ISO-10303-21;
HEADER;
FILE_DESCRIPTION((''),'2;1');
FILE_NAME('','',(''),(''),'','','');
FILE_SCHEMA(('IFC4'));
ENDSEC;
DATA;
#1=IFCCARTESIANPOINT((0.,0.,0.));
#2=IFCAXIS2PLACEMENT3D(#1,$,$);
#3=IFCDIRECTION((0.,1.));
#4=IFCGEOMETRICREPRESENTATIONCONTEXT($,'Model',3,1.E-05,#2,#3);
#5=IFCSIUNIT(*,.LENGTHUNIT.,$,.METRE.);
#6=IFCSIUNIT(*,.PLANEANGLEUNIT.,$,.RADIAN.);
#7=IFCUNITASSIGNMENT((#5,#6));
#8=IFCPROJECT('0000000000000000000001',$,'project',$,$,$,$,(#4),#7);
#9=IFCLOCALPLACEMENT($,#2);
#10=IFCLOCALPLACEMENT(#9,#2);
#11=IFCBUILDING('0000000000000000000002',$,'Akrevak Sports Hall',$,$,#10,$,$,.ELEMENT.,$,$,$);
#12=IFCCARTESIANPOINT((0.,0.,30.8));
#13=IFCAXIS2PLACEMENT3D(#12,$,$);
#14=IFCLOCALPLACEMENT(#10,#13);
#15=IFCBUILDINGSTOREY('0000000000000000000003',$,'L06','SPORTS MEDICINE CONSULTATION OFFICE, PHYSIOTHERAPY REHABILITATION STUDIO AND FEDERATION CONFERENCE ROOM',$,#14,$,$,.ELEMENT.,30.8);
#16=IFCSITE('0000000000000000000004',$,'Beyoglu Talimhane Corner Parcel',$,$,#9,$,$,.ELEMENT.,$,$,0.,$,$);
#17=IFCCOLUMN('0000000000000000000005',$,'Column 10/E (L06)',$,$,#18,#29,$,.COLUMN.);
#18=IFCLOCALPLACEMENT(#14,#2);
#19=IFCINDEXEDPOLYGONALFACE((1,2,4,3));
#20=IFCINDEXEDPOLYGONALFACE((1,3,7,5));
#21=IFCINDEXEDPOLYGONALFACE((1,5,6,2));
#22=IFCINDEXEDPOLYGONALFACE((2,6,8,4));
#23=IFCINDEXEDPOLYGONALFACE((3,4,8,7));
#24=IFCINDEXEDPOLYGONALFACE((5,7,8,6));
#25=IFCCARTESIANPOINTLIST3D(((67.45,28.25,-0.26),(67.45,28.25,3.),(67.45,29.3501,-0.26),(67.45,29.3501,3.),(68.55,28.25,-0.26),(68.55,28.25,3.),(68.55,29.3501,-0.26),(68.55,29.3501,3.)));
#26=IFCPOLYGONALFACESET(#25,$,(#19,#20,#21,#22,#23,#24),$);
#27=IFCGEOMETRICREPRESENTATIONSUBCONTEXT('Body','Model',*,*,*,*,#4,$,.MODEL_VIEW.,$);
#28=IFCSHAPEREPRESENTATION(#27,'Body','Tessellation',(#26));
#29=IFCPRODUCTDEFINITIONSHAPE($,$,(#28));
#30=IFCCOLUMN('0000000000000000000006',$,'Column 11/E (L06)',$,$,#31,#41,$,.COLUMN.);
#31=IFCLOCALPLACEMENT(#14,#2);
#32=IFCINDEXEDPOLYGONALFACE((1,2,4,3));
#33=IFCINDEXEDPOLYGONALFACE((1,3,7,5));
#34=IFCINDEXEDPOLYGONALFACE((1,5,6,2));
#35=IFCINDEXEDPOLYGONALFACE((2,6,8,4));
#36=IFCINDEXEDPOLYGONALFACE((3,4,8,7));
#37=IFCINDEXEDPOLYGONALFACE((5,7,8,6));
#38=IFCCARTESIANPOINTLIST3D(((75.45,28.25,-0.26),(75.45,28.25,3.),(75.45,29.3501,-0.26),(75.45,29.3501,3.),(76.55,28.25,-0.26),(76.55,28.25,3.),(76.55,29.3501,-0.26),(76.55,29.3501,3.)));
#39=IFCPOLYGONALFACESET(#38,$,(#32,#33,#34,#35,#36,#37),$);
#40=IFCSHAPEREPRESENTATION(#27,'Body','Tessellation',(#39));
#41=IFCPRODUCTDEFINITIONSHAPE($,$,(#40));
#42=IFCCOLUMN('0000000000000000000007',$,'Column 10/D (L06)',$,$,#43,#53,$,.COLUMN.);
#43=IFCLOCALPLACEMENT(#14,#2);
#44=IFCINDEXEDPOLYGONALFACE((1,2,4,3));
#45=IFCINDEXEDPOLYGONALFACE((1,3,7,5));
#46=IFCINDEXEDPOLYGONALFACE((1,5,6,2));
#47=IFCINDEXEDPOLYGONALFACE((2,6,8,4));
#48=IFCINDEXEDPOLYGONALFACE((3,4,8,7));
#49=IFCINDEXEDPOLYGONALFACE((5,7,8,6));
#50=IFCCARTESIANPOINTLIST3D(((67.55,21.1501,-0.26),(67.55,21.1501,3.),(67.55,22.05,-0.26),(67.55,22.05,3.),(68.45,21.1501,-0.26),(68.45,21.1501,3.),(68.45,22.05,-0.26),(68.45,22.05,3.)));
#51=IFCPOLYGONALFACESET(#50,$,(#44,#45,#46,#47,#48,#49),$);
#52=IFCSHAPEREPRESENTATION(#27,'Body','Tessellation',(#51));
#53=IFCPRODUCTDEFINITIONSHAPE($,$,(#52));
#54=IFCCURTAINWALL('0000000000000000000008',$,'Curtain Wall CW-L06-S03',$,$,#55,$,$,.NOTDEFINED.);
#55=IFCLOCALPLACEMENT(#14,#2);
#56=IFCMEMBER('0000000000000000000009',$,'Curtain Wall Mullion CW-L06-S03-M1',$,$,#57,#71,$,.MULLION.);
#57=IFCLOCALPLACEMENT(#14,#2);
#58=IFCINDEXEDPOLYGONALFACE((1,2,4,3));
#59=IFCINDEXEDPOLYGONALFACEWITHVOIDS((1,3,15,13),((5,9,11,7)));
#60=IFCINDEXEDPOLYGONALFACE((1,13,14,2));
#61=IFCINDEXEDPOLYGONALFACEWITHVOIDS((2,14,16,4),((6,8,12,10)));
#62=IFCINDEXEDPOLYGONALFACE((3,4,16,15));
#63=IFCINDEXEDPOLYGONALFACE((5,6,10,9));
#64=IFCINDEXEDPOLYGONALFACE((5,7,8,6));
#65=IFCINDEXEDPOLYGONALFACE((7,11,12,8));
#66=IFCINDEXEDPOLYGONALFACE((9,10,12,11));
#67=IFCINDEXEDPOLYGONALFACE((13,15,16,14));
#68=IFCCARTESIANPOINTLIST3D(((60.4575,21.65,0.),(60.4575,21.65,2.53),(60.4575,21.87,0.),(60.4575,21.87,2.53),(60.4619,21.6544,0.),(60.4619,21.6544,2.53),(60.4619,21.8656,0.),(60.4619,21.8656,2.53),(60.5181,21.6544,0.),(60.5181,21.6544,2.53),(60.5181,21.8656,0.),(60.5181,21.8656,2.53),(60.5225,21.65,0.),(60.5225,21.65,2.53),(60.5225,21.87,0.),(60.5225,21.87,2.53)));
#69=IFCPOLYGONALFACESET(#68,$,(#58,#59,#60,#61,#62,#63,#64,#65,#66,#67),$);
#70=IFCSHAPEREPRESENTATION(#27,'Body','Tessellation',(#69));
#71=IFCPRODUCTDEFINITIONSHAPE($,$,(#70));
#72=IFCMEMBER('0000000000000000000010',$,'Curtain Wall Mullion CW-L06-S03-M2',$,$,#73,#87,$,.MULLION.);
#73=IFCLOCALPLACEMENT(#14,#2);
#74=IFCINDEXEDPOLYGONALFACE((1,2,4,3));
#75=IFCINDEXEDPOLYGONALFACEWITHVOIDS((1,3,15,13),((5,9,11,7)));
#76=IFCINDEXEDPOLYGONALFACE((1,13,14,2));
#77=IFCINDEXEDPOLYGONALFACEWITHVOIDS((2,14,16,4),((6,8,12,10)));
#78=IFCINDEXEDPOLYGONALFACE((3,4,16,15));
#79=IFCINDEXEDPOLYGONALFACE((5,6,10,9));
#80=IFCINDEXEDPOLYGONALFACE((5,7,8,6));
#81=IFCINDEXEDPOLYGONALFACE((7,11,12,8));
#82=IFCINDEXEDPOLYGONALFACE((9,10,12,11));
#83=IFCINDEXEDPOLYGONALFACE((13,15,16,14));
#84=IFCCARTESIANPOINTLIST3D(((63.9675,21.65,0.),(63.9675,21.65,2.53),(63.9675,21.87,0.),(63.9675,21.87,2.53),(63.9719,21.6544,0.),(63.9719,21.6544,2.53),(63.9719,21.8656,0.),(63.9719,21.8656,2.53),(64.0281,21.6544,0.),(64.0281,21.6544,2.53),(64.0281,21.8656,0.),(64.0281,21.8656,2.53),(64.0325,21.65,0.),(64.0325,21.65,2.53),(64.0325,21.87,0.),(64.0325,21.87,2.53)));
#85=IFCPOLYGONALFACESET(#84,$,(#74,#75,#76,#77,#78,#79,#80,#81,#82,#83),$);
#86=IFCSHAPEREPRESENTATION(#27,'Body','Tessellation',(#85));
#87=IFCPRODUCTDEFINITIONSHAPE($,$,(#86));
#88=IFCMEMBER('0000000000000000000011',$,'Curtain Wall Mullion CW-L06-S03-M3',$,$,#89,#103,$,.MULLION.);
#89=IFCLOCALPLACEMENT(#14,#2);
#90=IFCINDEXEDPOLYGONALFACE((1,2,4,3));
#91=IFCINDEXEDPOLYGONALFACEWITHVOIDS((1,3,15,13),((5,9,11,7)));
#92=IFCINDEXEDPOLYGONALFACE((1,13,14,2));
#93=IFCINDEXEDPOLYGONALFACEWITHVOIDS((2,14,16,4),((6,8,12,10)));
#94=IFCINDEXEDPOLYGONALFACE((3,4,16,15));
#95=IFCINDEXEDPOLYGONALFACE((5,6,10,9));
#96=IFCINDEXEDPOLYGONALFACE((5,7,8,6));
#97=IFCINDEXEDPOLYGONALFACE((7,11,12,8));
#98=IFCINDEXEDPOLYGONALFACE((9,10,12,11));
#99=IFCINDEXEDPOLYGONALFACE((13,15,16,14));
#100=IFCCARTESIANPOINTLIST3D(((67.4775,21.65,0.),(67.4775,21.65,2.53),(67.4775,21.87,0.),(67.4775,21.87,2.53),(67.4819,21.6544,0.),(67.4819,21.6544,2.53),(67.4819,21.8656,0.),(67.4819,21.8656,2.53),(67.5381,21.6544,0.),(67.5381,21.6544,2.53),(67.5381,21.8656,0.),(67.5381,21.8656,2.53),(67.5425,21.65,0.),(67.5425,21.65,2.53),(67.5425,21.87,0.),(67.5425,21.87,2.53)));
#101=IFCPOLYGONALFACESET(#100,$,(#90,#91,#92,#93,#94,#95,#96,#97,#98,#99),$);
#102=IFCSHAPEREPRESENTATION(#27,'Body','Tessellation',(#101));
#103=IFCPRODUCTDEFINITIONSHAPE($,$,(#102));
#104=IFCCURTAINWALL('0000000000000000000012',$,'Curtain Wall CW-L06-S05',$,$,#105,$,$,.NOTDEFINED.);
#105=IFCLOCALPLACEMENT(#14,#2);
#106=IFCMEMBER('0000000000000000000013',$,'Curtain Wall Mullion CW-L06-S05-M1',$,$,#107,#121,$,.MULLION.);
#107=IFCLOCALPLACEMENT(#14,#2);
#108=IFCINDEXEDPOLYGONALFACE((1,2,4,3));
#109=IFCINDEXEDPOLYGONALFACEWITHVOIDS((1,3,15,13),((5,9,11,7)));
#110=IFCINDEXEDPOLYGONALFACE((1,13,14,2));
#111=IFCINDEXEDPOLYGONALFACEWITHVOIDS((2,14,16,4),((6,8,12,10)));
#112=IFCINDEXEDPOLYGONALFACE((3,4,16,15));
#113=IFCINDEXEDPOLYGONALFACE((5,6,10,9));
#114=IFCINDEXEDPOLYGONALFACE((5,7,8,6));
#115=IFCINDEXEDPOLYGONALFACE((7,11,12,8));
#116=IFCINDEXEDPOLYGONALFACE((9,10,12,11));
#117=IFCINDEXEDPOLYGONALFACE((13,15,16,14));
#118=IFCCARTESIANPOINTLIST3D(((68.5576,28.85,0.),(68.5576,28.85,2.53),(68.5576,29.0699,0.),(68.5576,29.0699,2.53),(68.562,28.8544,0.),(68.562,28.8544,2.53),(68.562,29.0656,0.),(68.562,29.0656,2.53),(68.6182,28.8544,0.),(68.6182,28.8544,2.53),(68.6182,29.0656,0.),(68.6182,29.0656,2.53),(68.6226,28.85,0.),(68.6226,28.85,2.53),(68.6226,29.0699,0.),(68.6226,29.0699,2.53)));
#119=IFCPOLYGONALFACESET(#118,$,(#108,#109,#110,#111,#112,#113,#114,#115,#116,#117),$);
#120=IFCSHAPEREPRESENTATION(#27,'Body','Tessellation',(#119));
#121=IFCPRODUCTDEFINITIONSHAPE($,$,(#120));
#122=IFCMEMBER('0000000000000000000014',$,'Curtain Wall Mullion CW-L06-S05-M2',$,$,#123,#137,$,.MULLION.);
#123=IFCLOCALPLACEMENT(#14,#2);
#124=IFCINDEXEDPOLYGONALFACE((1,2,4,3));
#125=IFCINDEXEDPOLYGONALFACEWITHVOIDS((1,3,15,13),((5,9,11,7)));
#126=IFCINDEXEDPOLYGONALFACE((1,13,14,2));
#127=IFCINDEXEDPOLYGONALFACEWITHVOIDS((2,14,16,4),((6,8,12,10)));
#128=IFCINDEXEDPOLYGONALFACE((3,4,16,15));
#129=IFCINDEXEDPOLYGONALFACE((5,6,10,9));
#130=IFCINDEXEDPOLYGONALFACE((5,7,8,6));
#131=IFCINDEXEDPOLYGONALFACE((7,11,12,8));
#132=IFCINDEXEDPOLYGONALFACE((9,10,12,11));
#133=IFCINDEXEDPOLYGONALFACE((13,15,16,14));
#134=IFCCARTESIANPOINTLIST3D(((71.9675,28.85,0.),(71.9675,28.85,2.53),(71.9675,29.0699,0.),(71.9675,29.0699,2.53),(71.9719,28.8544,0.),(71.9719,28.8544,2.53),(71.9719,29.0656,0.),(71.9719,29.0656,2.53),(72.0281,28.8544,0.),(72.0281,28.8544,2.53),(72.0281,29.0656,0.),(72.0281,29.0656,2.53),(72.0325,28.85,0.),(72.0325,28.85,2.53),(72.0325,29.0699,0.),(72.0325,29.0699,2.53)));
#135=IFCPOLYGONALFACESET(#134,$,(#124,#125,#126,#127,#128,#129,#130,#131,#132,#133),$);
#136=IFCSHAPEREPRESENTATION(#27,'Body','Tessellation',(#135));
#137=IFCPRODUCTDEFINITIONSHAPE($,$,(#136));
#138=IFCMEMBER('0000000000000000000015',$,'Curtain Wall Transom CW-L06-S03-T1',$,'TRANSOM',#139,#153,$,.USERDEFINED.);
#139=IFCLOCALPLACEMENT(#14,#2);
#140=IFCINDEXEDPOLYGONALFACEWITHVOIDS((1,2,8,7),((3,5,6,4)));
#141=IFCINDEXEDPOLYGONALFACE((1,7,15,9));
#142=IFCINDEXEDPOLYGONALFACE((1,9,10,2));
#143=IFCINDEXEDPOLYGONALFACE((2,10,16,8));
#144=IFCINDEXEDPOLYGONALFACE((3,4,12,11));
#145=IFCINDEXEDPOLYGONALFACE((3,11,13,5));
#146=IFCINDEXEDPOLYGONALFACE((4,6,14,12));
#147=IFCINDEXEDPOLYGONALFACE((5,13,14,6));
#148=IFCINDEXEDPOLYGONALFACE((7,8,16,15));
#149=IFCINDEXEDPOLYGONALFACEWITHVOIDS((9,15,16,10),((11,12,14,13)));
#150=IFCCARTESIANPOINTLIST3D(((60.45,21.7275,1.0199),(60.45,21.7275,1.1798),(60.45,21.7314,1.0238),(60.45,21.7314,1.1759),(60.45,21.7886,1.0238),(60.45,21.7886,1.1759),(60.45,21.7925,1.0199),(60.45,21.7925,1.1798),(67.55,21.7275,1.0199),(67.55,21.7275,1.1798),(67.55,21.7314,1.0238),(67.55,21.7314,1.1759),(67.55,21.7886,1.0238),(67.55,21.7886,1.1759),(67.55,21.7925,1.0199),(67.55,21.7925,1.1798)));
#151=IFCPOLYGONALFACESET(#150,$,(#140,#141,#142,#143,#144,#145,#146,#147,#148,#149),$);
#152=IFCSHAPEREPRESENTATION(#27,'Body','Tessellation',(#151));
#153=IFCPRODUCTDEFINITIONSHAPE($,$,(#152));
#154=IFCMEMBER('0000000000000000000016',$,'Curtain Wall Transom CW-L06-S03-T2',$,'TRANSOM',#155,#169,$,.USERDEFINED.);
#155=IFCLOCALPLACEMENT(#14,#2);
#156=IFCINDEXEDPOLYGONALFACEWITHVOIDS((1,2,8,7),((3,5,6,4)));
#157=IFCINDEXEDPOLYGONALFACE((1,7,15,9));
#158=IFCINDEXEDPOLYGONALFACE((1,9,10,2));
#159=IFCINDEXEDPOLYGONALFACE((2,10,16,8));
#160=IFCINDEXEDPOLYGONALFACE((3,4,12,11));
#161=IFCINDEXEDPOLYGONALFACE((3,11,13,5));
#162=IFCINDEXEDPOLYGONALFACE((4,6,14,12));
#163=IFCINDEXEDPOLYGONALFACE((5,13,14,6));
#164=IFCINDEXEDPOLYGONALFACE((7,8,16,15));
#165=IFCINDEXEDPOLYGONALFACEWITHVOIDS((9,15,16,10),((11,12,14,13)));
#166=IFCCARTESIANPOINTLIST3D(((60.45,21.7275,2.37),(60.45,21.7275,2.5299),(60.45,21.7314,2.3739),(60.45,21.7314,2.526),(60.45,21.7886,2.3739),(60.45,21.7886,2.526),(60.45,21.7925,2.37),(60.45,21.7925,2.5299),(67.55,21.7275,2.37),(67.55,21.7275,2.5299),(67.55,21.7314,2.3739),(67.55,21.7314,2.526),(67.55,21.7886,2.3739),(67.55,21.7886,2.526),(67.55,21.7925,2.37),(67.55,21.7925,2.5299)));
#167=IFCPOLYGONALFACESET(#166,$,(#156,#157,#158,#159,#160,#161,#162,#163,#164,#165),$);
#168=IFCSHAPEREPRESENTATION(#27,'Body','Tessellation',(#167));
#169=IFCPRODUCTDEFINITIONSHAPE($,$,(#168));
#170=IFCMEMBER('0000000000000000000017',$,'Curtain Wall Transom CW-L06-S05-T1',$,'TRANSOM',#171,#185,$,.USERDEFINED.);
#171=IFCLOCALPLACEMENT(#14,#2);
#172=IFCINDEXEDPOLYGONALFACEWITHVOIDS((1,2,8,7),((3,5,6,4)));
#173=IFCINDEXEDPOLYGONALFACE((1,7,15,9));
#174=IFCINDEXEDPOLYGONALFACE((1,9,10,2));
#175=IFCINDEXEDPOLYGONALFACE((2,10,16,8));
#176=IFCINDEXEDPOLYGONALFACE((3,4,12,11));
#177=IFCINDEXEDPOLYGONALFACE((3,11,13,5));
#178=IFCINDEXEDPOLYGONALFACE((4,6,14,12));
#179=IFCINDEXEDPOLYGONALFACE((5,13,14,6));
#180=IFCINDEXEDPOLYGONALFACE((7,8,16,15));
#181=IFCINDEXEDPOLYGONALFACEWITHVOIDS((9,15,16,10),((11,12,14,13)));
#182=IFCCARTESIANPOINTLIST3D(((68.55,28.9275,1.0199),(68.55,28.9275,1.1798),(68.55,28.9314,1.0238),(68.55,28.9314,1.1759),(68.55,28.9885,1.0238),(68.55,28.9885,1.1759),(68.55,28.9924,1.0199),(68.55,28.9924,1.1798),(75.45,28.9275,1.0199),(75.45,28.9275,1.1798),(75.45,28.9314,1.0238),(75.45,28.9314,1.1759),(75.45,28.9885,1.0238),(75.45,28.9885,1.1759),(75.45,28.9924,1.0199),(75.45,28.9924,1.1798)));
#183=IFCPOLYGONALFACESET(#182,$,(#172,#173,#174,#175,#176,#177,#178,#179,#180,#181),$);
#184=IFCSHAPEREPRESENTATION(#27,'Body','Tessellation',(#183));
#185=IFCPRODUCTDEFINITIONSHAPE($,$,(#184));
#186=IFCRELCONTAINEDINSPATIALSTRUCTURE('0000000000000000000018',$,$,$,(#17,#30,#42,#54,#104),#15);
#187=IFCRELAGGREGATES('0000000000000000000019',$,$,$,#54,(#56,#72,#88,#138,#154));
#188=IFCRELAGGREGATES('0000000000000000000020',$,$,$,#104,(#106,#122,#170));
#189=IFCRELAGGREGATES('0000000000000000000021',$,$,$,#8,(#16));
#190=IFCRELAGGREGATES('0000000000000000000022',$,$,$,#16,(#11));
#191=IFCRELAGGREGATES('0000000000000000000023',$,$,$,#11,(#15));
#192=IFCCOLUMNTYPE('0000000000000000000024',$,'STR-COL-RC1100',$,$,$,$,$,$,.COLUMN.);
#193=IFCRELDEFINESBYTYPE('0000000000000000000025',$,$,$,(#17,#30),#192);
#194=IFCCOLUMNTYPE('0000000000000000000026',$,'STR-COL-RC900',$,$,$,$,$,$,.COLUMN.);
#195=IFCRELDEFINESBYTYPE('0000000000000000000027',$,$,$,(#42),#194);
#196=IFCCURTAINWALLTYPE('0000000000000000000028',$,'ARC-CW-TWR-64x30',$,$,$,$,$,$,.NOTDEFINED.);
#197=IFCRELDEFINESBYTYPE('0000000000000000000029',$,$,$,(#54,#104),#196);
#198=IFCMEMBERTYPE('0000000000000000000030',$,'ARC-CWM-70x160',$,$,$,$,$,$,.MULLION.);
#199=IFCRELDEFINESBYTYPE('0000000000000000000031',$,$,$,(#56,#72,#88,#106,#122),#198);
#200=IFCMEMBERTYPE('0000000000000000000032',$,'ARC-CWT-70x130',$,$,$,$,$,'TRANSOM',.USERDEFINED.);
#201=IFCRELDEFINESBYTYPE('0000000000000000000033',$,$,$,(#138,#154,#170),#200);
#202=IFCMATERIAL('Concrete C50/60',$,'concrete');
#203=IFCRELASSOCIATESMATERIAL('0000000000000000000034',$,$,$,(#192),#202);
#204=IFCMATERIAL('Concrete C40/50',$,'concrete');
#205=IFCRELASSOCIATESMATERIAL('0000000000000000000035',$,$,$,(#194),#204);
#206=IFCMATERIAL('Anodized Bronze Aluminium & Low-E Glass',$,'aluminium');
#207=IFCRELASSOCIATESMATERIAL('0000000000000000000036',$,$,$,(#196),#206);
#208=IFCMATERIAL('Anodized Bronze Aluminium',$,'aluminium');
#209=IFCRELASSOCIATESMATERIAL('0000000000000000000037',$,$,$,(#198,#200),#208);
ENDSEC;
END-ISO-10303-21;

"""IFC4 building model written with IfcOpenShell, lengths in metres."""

from ifc_helpers import new_model, si_unit, direction, frame, origin, origin_2d, place, context, subcontext, project, spatial, rectangle, hollow_rectangle, extrude, material, material_profile, profile_set, type_object, element, aggregate, save


model = new_model("IFC4")

# Units and contexts
model_context = context("Model", 3, precision=1e-05, world=origin(), true_north=direction((0.0, 1.0)))
body_context = subcontext(model_context, "Body", "Model", "MODEL_VIEW")
ifc_project = project(units=[si_unit("LENGTHUNIT", "METRE"), si_unit("PLANEANGLEUNIT", "RADIAN")], contexts=[model_context])

# Site, building, storey
site_placement = place(None, origin())
site = spatial("IfcSite", under=ifc_project, at=site_placement, Name="Beyoglu Talimhane Corner Parcel", CompositionType="ELEMENT", RefElevation=0.0)
building_placement = place(site_placement, origin())
building = spatial("IfcBuilding", under=site, at=building_placement, Name="Akrevak Sports Hall", CompositionType="ELEMENT")
storey_placement = place(building_placement, frame((0.0, 0.0, 30.8)))
storey = spatial("IfcBuildingStorey", under=building, at=storey_placement, Name="L06", Description="SPORTS MEDICINE CONSULTATION OFFICE, PHYSIOTHERAPY REHABILITATION STUDIO AND FEDERATION CONFERENCE ROOM", CompositionType="ELEMENT", Elevation=30.8)

# Columns
ifc_material_1 = material(Name="Concrete C50/60", Category="concrete")
ifc_material_profile_1 = material_profile(ifc_material_1, rectangle(XDim=1.1001, YDim=1.1001, at=origin_2d()), Name="RC 1100x1100", Category="concrete")
ifc_profile_set_1 = profile_set([ifc_material_profile_1], Name="Concrete C50/60")
column_type_1 = type_object("IfcColumnType", Name="STR-COL-RC1100", PredefinedType="COLUMN", material=ifc_profile_set_1)
for number, where, z_axis, x_axis, name in (
    (1, (68.0, 28.8, -0.26), (0.0, 0.0, 1.0), (1.0, 0.0, 0.0), "Column 10/E (L06)"),
    (2, (76.0, 28.8, -0.26), (0.0, 0.0, 1.0), (1.0, 0.0, 0.0), "Column 11/E (L06)"),
):
    element("IfcColumn", number, at=place(storey_placement, frame(where, z_axis=z_axis, x_axis=x_axis)), inside=storey, type_object=column_type_1, Name=name, PredefinedType="COLUMN", context=body_context, shape_type="SweptSolid", body=[
        extrude(rectangle(XDim=1.1001, YDim=1.1001, at=origin_2d()), origin(), (0.0, 0.0, 1.0), 3.26),
    ])
ifc_material_2 = material(Name="Concrete C40/50", Category="concrete")
ifc_material_profile_2 = material_profile(ifc_material_2, rectangle(XDim=0.8999, YDim=0.8999, at=origin_2d()), Name="RC 900x900", Category="concrete")
ifc_profile_set_2 = profile_set([ifc_material_profile_2], Name="Concrete C40/50")
column_type_2 = type_object("IfcColumnType", Name="STR-COL-RC900", PredefinedType="COLUMN", material=ifc_profile_set_2)
column_placement = place(storey_placement, frame((68.0, 21.6001, -0.26), z_axis=(0.0, 0.0, 1.0), x_axis=(1.0, 0.0, 0.0)))
element("IfcColumn", 3, at=column_placement, inside=storey, type_object=column_type_2, Name="Column 10/D (L06)", PredefinedType="COLUMN", context=body_context, shape_type="SweptSolid", body=[
    extrude(rectangle(XDim=0.8999, YDim=0.8999, at=origin_2d()), origin(), (0.0, 0.0, 1.0), 3.26),
])

# Curtain walls, members
ifc_material_3 = material(Name="Anodized Bronze Aluminium & Low-E Glass", Category="aluminium")
curtain_wall_type = type_object("IfcCurtainWallType", Name="ARC-CW-TWR-64x30", PredefinedType="NOTDEFINED", material=ifc_material_3)
curtain_wall_1_placement = place(storey_placement, origin())
curtain_wall_1 = element("IfcCurtainWall", 4, at=curtain_wall_1_placement, inside=storey, type_object=curtain_wall_type, Name="Curtain Wall CW-L06-S03", PredefinedType="NOTDEFINED")
ifc_material_4 = material(Name="Anodized Bronze Aluminium", Category="aluminium")
ifc_material_profile_3 = material_profile(ifc_material_4, hollow_rectangle(XDim=0.0649, YDim=0.22, WallThickness=0.0044, at=origin_2d()), Name="CWM 65x220", Category="aluminium")
ifc_profile_set_3 = profile_set([ifc_material_profile_3], Name="Anodized Bronze Aluminium")
member_type_1 = type_object("IfcMemberType", Name="ARC-CWM-70x160", PredefinedType="MULLION", material=ifc_profile_set_3)
member_1_placement = place(storey_placement, frame((60.49, 21.76, 0.0), z_axis=(0.0, 0.0, 1.0), x_axis=(1.0, 0.0, 0.0)))
member_1 = element("IfcMember", 5, at=member_1_placement, type_object=member_type_1, Name="Curtain Wall Mullion CW-L06-S03-M1", PredefinedType="MULLION", context=body_context, shape_type="SweptSolid", body=[
    extrude(hollow_rectangle(XDim=0.0649, YDim=0.22, WallThickness=0.0044, at=origin_2d()), origin(), (0.0, 0.0, 1.0), 2.53),
])
member_2_placement = place(storey_placement, frame((64.0, 21.76, 0.0), z_axis=(0.0, 0.0, 1.0), x_axis=(1.0, 0.0, 0.0)))
member_2 = element("IfcMember", 6, at=member_2_placement, type_object=member_type_1, Name="Curtain Wall Mullion CW-L06-S03-M2", PredefinedType="MULLION", context=body_context, shape_type="SweptSolid", body=[
    extrude(hollow_rectangle(XDim=0.0649, YDim=0.22, WallThickness=0.0044, at=origin_2d()), origin(), (0.0, 0.0, 1.0), 2.53),
])
member_3_placement = place(storey_placement, frame((67.51, 21.76, 0.0), z_axis=(0.0, 0.0, 1.0), x_axis=(1.0, 0.0, 0.0)))
member_3 = element("IfcMember", 7, at=member_3_placement, type_object=member_type_1, Name="Curtain Wall Mullion CW-L06-S03-M3", PredefinedType="MULLION", context=body_context, shape_type="SweptSolid", body=[
    extrude(hollow_rectangle(XDim=0.0649, YDim=0.22, WallThickness=0.0044, at=origin_2d()), origin(), (0.0, 0.0, 1.0), 2.53),
])
curtain_wall_2_placement = place(storey_placement, origin())
curtain_wall_2 = element("IfcCurtainWall", 8, at=curtain_wall_2_placement, inside=storey, type_object=curtain_wall_type, Name="Curtain Wall CW-L06-S05", PredefinedType="NOTDEFINED")
member_4_placement = place(storey_placement, frame((68.5901, 28.96, 0.0), z_axis=(0.0, 0.0, 1.0), x_axis=(1.0, 0.0, 0.0)))
member_4 = element("IfcMember", 9, at=member_4_placement, type_object=member_type_1, Name="Curtain Wall Mullion CW-L06-S05-M1", PredefinedType="MULLION", context=body_context, shape_type="SweptSolid", body=[
    extrude(hollow_rectangle(XDim=0.0649, YDim=0.22, WallThickness=0.0044, at=origin_2d()), origin(), (0.0, 0.0, 1.0), 2.53),
])
member_5_placement = place(storey_placement, frame((72.0, 28.96, 0.0), z_axis=(0.0, 0.0, 1.0), x_axis=(1.0, 0.0, 0.0)))
member_5 = element("IfcMember", 10, at=member_5_placement, type_object=member_type_1, Name="Curtain Wall Mullion CW-L06-S05-M2", PredefinedType="MULLION", context=body_context, shape_type="SweptSolid", body=[
    extrude(hollow_rectangle(XDim=0.0649, YDim=0.22, WallThickness=0.0044, at=origin_2d()), origin(), (0.0, 0.0, 1.0), 2.53),
])

# Members
ifc_material_profile_4 = material_profile(ifc_material_4, hollow_rectangle(XDim=0.0649, YDim=0.1599, WallThickness=0.0039, at=origin_2d()), Name="CWT 65x160", Category="aluminium")
ifc_profile_set_4 = profile_set([ifc_material_profile_4], Name="Anodized Bronze Aluminium")
member_type_2 = type_object("IfcMemberType", Name="ARC-CWT-70x130", ElementType="TRANSOM", PredefinedType="USERDEFINED", material=ifc_profile_set_4)
member_6_placement = place(storey_placement, frame((60.45, 21.76, 1.0999), z_axis=(1.0, 0.0, 0.0), x_axis=(0.0, 1.0, 0.0)))
member_6 = element("IfcMember", 11, at=member_6_placement, type_object=member_type_2, Name="Curtain Wall Transom CW-L06-S03-T1", ObjectType="TRANSOM", PredefinedType="USERDEFINED", context=body_context, shape_type="SweptSolid", body=[
    extrude(hollow_rectangle(XDim=0.0649, YDim=0.1599, WallThickness=0.0039, at=origin_2d()), origin(), (0.0, 0.0, 1.0), 7.1001),
])
member_7_placement = place(storey_placement, frame((60.45, 21.76, 2.45), z_axis=(1.0, 0.0, 0.0), x_axis=(0.0, 1.0, 0.0)))
member_7 = element("IfcMember", 12, at=member_7_placement, type_object=member_type_2, Name="Curtain Wall Transom CW-L06-S03-T2", ObjectType="TRANSOM", PredefinedType="USERDEFINED", context=body_context, shape_type="SweptSolid", body=[
    extrude(hollow_rectangle(XDim=0.0649, YDim=0.1599, WallThickness=0.0039, at=origin_2d()), origin(), (0.0, 0.0, 1.0), 7.1001),
])
member_8_placement = place(storey_placement, frame((68.55, 28.96, 1.0999), z_axis=(1.0, 0.0, 0.0), x_axis=(0.0, 1.0, 0.0)))
member_8 = element("IfcMember", 13, at=member_8_placement, type_object=member_type_2, Name="Curtain Wall Transom CW-L06-S05-T1", ObjectType="TRANSOM", PredefinedType="USERDEFINED", context=body_context, shape_type="SweptSolid", body=[
    extrude(hollow_rectangle(XDim=0.0649, YDim=0.1599, WallThickness=0.0039, at=origin_2d()), origin(), (0.0, 0.0, 1.0), 6.8999),
])

aggregate(curtain_wall_1, [member_1, member_2, member_3, member_6, member_7])
aggregate(curtain_wall_2, [member_4, member_5, member_8])

save(model, "model.ifc")
